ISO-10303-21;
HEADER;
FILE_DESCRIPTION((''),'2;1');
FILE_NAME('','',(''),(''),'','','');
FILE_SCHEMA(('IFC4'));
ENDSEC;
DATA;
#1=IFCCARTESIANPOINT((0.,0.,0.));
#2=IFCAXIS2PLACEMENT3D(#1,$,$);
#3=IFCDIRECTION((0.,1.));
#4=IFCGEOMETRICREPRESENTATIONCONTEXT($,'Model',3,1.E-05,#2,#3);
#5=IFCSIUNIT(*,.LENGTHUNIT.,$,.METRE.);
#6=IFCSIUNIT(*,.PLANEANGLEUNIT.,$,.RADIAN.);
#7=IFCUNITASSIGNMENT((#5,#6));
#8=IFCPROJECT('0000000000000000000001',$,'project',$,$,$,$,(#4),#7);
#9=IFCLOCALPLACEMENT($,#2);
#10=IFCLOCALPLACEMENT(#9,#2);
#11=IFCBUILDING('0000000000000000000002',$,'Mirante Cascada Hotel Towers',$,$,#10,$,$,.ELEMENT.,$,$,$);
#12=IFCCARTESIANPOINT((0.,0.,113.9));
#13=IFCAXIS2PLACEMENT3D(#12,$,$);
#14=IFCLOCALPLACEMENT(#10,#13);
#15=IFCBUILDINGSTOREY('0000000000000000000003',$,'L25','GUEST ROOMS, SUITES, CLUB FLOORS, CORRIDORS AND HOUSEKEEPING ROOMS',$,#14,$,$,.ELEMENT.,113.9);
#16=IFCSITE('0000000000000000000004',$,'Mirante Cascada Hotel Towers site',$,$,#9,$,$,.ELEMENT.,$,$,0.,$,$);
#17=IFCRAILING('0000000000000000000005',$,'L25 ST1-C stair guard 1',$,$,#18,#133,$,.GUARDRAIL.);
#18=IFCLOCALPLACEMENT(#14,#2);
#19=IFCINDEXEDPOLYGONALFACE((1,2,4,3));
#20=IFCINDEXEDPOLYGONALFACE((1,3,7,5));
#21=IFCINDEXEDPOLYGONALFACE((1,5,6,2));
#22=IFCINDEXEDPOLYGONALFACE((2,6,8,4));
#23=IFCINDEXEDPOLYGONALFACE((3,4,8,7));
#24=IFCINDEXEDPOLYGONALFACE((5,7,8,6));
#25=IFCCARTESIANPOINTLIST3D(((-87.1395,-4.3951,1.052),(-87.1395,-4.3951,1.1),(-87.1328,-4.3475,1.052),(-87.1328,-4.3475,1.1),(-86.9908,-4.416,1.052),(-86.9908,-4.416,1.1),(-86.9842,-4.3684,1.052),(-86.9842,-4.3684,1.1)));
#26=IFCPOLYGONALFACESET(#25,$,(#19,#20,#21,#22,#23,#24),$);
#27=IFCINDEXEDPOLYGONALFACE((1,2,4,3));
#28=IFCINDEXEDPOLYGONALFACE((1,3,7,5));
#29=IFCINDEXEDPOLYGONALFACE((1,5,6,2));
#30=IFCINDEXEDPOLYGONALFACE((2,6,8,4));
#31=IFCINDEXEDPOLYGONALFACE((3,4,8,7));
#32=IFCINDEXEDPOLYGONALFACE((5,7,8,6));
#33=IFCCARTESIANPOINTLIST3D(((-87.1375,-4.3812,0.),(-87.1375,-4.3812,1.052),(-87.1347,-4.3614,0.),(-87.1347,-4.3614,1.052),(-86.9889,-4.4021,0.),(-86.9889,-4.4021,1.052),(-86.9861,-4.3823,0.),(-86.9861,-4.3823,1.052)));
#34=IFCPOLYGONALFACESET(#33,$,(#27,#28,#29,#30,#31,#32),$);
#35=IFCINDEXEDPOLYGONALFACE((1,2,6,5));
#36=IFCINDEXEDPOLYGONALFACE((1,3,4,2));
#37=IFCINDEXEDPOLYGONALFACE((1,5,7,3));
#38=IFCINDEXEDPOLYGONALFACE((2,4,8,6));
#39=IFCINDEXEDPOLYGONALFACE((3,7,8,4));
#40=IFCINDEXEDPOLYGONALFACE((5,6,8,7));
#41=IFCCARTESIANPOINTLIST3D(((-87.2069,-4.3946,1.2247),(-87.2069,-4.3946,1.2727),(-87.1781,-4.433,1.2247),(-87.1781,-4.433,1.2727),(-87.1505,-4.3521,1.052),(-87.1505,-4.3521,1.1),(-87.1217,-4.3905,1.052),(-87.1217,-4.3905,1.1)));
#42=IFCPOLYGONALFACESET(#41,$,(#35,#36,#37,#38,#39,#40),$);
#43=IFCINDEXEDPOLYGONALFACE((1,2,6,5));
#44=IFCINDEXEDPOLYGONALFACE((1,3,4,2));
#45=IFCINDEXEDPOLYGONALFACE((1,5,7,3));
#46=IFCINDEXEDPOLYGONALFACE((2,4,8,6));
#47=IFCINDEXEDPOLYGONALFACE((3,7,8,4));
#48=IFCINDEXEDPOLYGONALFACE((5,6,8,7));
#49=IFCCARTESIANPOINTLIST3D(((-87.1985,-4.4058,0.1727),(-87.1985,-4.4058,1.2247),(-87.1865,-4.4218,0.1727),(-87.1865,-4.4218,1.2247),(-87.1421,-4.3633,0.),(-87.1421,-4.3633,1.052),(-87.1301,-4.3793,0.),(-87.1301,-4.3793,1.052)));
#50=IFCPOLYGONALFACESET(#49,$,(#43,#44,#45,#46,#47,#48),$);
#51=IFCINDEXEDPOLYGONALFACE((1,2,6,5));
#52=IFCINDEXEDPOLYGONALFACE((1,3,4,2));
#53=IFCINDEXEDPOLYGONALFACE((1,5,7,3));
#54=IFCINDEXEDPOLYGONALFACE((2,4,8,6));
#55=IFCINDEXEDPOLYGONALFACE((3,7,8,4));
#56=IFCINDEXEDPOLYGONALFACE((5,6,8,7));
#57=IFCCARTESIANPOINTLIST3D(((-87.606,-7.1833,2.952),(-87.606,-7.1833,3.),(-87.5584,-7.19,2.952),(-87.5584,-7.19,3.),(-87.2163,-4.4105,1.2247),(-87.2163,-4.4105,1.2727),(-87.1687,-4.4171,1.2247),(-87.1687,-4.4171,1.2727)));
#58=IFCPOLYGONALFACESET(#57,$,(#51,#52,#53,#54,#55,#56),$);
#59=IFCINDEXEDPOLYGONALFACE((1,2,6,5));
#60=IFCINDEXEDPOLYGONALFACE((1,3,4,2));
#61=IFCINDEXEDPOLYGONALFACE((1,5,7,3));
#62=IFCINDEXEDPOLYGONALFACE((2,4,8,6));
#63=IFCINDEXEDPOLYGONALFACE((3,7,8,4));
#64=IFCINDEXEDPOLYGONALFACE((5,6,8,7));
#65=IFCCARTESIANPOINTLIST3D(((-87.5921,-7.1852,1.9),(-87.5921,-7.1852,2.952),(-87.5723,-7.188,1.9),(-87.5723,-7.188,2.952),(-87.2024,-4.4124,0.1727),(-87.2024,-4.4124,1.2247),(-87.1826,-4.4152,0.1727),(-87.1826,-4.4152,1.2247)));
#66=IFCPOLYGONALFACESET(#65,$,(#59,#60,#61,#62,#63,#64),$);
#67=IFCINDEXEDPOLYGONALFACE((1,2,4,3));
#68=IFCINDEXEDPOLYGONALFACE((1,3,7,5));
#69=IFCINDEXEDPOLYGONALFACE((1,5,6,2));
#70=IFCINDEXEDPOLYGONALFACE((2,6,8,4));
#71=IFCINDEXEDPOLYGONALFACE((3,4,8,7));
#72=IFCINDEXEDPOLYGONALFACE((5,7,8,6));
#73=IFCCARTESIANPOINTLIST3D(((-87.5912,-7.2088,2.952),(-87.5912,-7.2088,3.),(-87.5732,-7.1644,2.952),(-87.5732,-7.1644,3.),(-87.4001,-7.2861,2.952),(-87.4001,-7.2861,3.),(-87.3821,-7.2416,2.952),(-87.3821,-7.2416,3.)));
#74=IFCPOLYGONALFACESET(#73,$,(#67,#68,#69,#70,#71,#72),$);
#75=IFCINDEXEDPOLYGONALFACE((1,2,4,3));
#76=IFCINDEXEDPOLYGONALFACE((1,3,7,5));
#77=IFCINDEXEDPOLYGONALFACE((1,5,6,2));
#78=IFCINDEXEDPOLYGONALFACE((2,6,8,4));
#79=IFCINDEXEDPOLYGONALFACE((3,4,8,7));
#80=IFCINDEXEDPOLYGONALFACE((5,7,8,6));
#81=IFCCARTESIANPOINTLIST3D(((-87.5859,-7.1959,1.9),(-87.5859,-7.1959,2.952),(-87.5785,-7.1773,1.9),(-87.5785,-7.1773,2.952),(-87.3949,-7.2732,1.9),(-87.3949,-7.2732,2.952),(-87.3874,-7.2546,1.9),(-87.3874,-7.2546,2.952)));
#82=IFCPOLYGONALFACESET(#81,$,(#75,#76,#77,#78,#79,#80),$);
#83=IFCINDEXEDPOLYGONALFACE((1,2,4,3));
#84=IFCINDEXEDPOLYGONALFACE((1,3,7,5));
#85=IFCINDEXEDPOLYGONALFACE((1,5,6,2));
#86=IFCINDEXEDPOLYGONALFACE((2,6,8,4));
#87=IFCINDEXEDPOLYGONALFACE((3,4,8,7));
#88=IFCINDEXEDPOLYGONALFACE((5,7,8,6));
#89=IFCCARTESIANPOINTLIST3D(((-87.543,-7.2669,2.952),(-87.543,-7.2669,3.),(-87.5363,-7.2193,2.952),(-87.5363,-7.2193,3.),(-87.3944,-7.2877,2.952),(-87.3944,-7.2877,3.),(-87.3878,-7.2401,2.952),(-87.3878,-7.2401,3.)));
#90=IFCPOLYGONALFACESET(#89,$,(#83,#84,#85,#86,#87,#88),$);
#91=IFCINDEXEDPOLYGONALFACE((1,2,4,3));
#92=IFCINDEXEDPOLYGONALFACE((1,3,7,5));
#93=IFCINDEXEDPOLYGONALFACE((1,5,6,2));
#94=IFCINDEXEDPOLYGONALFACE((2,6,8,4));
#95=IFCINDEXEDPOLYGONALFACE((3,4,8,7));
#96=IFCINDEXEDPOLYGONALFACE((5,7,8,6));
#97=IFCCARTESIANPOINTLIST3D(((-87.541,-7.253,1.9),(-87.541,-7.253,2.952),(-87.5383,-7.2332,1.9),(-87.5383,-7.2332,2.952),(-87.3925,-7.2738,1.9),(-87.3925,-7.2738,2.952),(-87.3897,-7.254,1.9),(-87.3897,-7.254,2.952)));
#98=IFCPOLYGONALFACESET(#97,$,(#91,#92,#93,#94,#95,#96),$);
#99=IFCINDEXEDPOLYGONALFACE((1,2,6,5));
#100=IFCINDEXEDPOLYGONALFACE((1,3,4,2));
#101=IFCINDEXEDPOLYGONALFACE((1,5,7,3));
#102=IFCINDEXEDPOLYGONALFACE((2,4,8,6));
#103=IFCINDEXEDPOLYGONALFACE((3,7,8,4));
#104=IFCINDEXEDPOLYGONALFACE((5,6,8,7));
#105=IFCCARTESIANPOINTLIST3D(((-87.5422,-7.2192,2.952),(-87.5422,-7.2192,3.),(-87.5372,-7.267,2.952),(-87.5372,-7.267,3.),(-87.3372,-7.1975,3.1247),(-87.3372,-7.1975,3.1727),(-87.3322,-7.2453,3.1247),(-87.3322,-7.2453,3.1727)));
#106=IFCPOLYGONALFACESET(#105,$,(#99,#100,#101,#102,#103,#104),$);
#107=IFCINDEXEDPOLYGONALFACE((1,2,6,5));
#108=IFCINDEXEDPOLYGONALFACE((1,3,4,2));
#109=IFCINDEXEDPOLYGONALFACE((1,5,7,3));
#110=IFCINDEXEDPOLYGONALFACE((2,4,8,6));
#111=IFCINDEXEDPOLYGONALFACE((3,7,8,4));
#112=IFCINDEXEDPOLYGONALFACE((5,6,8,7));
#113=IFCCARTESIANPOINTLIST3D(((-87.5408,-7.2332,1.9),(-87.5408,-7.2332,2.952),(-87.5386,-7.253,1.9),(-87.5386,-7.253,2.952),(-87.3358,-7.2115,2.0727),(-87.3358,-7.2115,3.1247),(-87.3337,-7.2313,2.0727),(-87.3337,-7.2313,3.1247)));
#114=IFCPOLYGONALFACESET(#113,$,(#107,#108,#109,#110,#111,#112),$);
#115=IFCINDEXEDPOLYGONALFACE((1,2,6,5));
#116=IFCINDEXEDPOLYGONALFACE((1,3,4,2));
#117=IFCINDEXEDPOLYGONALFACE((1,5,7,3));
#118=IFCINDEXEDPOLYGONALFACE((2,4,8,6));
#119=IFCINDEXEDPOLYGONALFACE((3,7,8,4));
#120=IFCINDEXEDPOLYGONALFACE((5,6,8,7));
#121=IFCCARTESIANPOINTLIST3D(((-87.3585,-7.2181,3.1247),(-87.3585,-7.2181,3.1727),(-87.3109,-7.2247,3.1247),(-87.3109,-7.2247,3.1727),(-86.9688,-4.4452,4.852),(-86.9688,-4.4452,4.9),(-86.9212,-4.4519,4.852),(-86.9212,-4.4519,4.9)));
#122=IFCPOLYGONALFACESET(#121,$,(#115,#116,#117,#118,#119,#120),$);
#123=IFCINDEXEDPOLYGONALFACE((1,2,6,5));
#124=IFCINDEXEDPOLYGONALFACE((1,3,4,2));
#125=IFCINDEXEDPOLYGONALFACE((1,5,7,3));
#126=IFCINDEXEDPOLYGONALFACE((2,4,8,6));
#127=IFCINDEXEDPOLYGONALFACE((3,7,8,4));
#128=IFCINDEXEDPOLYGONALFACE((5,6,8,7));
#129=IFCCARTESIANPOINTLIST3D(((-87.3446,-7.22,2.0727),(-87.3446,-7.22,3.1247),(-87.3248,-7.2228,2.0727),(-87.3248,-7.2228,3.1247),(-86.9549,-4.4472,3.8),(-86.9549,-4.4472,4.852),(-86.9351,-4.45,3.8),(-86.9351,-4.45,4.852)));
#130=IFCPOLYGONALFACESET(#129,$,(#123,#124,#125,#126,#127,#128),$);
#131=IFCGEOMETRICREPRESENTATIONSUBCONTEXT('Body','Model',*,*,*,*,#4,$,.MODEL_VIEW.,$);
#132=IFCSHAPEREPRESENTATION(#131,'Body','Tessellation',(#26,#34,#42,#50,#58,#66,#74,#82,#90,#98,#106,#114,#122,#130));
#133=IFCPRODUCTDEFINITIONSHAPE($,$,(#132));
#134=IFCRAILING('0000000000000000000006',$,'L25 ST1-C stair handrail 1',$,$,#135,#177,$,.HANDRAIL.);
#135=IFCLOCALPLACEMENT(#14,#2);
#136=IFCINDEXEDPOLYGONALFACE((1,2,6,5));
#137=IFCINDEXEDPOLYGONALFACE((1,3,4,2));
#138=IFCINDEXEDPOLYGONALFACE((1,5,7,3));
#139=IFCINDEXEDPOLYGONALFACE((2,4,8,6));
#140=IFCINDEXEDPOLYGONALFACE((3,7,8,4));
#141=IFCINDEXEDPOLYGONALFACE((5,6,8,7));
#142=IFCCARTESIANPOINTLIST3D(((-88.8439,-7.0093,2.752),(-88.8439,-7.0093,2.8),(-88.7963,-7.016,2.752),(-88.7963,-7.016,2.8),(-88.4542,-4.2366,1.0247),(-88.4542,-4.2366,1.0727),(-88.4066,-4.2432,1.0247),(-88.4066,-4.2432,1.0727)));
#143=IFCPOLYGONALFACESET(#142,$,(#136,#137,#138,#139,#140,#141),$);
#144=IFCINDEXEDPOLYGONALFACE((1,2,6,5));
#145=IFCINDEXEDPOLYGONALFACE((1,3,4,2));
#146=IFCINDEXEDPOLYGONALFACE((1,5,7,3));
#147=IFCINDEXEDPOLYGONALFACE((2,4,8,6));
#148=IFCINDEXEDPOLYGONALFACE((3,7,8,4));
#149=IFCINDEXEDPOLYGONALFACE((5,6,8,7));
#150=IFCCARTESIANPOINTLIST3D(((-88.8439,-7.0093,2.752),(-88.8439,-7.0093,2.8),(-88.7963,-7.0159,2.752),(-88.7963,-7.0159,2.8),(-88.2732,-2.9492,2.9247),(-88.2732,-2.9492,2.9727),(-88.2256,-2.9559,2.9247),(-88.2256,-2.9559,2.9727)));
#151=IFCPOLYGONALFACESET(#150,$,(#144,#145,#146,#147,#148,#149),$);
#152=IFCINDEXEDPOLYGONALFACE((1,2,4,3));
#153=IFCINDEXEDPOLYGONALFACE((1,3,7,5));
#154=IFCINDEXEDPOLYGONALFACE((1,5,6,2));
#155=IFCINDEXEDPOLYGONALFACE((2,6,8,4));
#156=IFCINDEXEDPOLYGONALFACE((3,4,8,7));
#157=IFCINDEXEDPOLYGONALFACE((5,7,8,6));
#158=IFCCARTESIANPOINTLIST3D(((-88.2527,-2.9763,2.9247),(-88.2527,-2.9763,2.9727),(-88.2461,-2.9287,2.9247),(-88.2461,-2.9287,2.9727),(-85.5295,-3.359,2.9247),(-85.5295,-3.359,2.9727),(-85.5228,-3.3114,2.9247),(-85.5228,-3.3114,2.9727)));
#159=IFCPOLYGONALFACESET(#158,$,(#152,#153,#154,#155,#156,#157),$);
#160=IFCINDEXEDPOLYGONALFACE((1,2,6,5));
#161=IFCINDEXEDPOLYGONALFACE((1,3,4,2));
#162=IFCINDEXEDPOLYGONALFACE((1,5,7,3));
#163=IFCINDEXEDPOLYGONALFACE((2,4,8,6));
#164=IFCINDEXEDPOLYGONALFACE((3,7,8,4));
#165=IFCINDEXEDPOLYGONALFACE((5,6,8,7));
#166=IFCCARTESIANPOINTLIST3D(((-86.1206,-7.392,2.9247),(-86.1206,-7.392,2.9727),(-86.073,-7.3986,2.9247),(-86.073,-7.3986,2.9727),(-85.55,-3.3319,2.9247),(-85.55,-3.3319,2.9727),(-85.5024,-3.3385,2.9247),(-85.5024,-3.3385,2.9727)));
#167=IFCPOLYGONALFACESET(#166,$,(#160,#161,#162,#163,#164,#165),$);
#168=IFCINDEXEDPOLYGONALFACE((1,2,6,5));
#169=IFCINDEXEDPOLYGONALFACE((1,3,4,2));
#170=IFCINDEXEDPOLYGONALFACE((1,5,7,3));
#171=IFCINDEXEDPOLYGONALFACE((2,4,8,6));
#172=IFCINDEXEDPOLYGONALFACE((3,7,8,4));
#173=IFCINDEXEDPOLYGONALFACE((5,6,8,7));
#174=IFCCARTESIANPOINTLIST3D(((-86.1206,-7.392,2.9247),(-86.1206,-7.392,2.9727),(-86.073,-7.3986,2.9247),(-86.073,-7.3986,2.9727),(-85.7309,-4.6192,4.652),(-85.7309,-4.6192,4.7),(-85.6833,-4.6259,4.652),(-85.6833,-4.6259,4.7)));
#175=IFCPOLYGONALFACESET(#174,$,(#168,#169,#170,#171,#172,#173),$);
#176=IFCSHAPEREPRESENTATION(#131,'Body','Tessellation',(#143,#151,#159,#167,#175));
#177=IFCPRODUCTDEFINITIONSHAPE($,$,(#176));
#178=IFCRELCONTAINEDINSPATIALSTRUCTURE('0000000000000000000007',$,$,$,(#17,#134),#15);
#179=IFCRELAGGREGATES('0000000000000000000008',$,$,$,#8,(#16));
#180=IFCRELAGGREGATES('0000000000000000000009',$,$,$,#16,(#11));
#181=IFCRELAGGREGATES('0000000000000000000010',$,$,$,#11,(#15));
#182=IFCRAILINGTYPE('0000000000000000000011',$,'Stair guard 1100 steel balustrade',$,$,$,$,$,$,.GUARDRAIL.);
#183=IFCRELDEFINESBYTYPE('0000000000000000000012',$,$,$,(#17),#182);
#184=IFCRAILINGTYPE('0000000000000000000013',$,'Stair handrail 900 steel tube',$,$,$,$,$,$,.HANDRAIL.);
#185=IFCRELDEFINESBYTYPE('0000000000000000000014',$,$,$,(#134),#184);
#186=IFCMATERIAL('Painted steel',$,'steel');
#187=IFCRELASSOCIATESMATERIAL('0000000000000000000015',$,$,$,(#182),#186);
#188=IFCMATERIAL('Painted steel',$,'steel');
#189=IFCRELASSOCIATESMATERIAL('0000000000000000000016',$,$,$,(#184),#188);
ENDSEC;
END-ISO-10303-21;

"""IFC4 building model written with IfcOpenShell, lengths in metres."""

from ifc_helpers import new_model, si_unit, direction, frame, origin, origin_2d, place, context, subcontext, project, spatial, rectangle, extrude, material, type_object, element, save


model = new_model("IFC4")

# Units and contexts
model_context = context("Model", 3, precision=1e-05, world=origin(), true_north=direction((0.0, 1.0)))
body_context = subcontext(model_context, "Body", "Model", "MODEL_VIEW")
ifc_project = project(units=[si_unit("LENGTHUNIT", "METRE"), si_unit("PLANEANGLEUNIT", "RADIAN")], contexts=[model_context])

# Site, building, storey
site_placement = place(None, origin())
site = spatial("IfcSite", under=ifc_project, at=site_placement, Name="Mirante Cascada Hotel Towers site", CompositionType="ELEMENT", RefElevation=0.0)
building_placement = place(site_placement, origin())
building = spatial("IfcBuilding", under=site, at=building_placement, Name="Mirante Cascada Hotel Towers", CompositionType="ELEMENT")
storey_placement = place(building_placement, frame((0.0, 0.0, 113.9)))
storey = spatial("IfcBuildingStorey", under=building, at=storey_placement, Name="L25", Description="GUEST ROOMS, SUITES, CLUB FLOORS, CORRIDORS AND HOUSEKEEPING ROOMS", CompositionType="ELEMENT", Elevation=113.9)

# Railings
ifc_material_1 = material(Name="Painted steel", Category="steel")
railing_type_1 = type_object("IfcRailingType", Name="Stair guard 1100 steel balustrade", PredefinedType="GUARDRAIL", material=ifc_material_1)
railing_1_placement = place(storey_placement, frame((-86.9875, -4.3922, 0.0)))
element("IfcRailing", 1, at=railing_1_placement, inside=storey, type_object=railing_type_1, Name="L25 ST1-C stair guard 1", PredefinedType="GUARDRAIL", context=body_context, shape_type="SweptSolid", body=[
    extrude(rectangle(XDim=0.048, YDim=0.048, at=origin_2d()), frame((0.0, 0.0, 1.076), z_axis=(-0.990254, 0.139275, 0.0), x_axis=(-0.139275, -0.990254, 0.0)), (0.0, 0.0, 1.0), 0.1501),
    extrude(rectangle(XDim=0.02, YDim=1.052, at=origin_2d()), frame((0.0, 0.0, 0.526), z_axis=(-0.990254, 0.139275, 0.0), x_axis=(-0.139275, -0.990254, 0.0)), (0.0, 0.0, 1.0), 0.1501),
    extrude(rectangle(XDim=0.048, YDim=0.048, at=origin_2d()), frame((-0.1486, 0.0209, 1.076), z_axis=(-0.798639, -0.601811, 0.0), x_axis=(0.601811, -0.798639, 0.0)), (0.0, 0.925603, 0.378496), 0.1866),
    extrude(rectangle(XDim=0.02, YDim=1.052, at=origin_2d()), frame((-0.1486, 0.0209, 0.526), z_axis=(-0.798639, -0.601811, 0.0), x_axis=(0.601811, -0.798639, 0.0)), (0.0, 0.925603, 0.378496), 0.1866),
    extrude(rectangle(XDim=0.048, YDim=0.048, at=origin_2d()), frame((-0.205, -0.0216, 1.2487), z_axis=(-0.139176, -0.990268, 0.0), x_axis=(0.990268, -0.139176, 0.0)), (0.0, 0.525021, 0.851089), 3.29),
    extrude(rectangle(XDim=0.02, YDim=1.052, at=origin_2d()), frame((-0.205, -0.0216, 0.6987), z_axis=(-0.139176, -0.990268, 0.0), x_axis=(0.990268, -0.139176, 0.0)), (0.0, 0.525021, 0.851089), 3.29),
    extrude(rectangle(XDim=0.048, YDim=0.048, at=origin_2d()), frame((-0.5947, -2.7944, 2.976), z_axis=(0.927031, -0.374984, 0.0), x_axis=(0.374984, 0.927031, 0.0)), (0.0, 0.0, 1.0), 0.2061),
    extrude(rectangle(XDim=0.02, YDim=1.052, at=origin_2d()), frame((-0.5947, -2.7944, 2.426), z_axis=(0.927031, -0.374984, 0.0), x_axis=(0.374984, 0.927031, 0.0)), (0.0, 0.0, 1.0), 0.2061),
    extrude(rectangle(XDim=0.048, YDim=0.048, at=origin_2d()), frame((-0.4036, -2.8717, 2.976), z_axis=(-0.990345, 0.138622, 0.0), x_axis=(-0.138622, -0.990345, 0.0)), (0.0, 0.0, 1.0), 0.15),
    extrude(rectangle(XDim=0.02, YDim=1.052, at=origin_2d()), frame((-0.4036, -2.8717, 2.426), z_axis=(-0.990345, 0.138622, 0.0), x_axis=(-0.138622, -0.990345, 0.0)), (0.0, 0.0, 1.0), 0.15),
    extrude(rectangle(XDim=0.048, YDim=0.048, at=origin_2d()), frame((-0.5522, -2.8509, 2.976), z_axis=(0.994444, 0.105266, 0.0), x_axis=(-0.105266, 0.994444, 0.0)), (0.0, 0.642184, 0.76655), 0.2689),
    extrude(rectangle(XDim=0.02, YDim=1.052, at=origin_2d()), frame((-0.5522, -2.8509, 2.426), z_axis=(0.994444, 0.105266, 0.0), x_axis=(-0.105266, 0.994444, 0.0)), (0.0, 0.642184, 0.76655), 0.2689),
    extrude(rectangle(XDim=0.048, YDim=0.048, at=origin_2d()), frame((-0.3472, -2.8292, 3.1487), z_axis=(0.139176, 0.990268, 0.0), x_axis=(-0.990268, 0.139176, 0.0)), (0.0, 0.525021, 0.851089), 3.29),
    extrude(rectangle(XDim=0.02, YDim=1.052, at=origin_2d()), frame((-0.3472, -2.8292, 2.5987), z_axis=(0.139176, 0.990268, 0.0), x_axis=(-0.990268, 0.139176, 0.0)), (0.0, 0.525021, 0.851089), 3.29),
])
ifc_material_2 = material(Name="Painted steel", Category="steel")
railing_type_2 = type_object("IfcRailingType", Name="Stair handrail 900 steel tube", PredefinedType="HANDRAIL", material=ifc_material_2)
railing_2_placement = place(storey_placement, frame((-88.4304, -4.2399, 0.1727)))
element("IfcRailing", 2, at=railing_2_placement, inside=storey, type_object=railing_type_2, Name="L25 ST1-C stair handrail 1", PredefinedType="HANDRAIL", context=body_context, shape_type="SweptSolid", body=[
    extrude(rectangle(XDim=0.048, YDim=0.048, at=origin_2d()), frame((0.0, 0.0, 0.876), z_axis=(-0.139181, -0.990267, 0.0), x_axis=(0.990267, -0.139181, 0.0)), (0.0, 0.525035, 0.851081), 3.2899),
    extrude(rectangle(XDim=0.048, YDim=0.048, at=origin_2d()), frame((-0.3897, -2.7727, 2.6033), z_axis=(0.139195, 0.990265, 0.0), x_axis=(-0.990265, 0.139195, 0.0)), (0.0, 0.042084, 0.999114), 4.1036),
    extrude(rectangle(XDim=0.048, YDim=0.048, at=origin_2d()), frame((0.181, 1.2874, 2.776), z_axis=(0.990269, -0.139166, 0.0), x_axis=(0.139166, 0.990269, 0.0)), (0.0, 0.0, 1.0), 2.75),
    extrude(rectangle(XDim=0.048, YDim=0.048, at=origin_2d()), frame((2.9042, 0.9047, 2.776), z_axis=(-0.139171, -0.990268, 0.0), x_axis=(0.990268, -0.139171, 0.0)), (0.0, 0.0, 1.0), 4.1),
    extrude(rectangle(XDim=0.048, YDim=0.048, at=origin_2d()), frame((2.3336, -3.1554, 2.776), z_axis=(0.139181, 0.990267, 0.0), x_axis=(-0.990267, 0.139181, 0.0)), (0.0, 0.525035, 0.851081), 3.2899),
])

save(model, "model.ifc")
